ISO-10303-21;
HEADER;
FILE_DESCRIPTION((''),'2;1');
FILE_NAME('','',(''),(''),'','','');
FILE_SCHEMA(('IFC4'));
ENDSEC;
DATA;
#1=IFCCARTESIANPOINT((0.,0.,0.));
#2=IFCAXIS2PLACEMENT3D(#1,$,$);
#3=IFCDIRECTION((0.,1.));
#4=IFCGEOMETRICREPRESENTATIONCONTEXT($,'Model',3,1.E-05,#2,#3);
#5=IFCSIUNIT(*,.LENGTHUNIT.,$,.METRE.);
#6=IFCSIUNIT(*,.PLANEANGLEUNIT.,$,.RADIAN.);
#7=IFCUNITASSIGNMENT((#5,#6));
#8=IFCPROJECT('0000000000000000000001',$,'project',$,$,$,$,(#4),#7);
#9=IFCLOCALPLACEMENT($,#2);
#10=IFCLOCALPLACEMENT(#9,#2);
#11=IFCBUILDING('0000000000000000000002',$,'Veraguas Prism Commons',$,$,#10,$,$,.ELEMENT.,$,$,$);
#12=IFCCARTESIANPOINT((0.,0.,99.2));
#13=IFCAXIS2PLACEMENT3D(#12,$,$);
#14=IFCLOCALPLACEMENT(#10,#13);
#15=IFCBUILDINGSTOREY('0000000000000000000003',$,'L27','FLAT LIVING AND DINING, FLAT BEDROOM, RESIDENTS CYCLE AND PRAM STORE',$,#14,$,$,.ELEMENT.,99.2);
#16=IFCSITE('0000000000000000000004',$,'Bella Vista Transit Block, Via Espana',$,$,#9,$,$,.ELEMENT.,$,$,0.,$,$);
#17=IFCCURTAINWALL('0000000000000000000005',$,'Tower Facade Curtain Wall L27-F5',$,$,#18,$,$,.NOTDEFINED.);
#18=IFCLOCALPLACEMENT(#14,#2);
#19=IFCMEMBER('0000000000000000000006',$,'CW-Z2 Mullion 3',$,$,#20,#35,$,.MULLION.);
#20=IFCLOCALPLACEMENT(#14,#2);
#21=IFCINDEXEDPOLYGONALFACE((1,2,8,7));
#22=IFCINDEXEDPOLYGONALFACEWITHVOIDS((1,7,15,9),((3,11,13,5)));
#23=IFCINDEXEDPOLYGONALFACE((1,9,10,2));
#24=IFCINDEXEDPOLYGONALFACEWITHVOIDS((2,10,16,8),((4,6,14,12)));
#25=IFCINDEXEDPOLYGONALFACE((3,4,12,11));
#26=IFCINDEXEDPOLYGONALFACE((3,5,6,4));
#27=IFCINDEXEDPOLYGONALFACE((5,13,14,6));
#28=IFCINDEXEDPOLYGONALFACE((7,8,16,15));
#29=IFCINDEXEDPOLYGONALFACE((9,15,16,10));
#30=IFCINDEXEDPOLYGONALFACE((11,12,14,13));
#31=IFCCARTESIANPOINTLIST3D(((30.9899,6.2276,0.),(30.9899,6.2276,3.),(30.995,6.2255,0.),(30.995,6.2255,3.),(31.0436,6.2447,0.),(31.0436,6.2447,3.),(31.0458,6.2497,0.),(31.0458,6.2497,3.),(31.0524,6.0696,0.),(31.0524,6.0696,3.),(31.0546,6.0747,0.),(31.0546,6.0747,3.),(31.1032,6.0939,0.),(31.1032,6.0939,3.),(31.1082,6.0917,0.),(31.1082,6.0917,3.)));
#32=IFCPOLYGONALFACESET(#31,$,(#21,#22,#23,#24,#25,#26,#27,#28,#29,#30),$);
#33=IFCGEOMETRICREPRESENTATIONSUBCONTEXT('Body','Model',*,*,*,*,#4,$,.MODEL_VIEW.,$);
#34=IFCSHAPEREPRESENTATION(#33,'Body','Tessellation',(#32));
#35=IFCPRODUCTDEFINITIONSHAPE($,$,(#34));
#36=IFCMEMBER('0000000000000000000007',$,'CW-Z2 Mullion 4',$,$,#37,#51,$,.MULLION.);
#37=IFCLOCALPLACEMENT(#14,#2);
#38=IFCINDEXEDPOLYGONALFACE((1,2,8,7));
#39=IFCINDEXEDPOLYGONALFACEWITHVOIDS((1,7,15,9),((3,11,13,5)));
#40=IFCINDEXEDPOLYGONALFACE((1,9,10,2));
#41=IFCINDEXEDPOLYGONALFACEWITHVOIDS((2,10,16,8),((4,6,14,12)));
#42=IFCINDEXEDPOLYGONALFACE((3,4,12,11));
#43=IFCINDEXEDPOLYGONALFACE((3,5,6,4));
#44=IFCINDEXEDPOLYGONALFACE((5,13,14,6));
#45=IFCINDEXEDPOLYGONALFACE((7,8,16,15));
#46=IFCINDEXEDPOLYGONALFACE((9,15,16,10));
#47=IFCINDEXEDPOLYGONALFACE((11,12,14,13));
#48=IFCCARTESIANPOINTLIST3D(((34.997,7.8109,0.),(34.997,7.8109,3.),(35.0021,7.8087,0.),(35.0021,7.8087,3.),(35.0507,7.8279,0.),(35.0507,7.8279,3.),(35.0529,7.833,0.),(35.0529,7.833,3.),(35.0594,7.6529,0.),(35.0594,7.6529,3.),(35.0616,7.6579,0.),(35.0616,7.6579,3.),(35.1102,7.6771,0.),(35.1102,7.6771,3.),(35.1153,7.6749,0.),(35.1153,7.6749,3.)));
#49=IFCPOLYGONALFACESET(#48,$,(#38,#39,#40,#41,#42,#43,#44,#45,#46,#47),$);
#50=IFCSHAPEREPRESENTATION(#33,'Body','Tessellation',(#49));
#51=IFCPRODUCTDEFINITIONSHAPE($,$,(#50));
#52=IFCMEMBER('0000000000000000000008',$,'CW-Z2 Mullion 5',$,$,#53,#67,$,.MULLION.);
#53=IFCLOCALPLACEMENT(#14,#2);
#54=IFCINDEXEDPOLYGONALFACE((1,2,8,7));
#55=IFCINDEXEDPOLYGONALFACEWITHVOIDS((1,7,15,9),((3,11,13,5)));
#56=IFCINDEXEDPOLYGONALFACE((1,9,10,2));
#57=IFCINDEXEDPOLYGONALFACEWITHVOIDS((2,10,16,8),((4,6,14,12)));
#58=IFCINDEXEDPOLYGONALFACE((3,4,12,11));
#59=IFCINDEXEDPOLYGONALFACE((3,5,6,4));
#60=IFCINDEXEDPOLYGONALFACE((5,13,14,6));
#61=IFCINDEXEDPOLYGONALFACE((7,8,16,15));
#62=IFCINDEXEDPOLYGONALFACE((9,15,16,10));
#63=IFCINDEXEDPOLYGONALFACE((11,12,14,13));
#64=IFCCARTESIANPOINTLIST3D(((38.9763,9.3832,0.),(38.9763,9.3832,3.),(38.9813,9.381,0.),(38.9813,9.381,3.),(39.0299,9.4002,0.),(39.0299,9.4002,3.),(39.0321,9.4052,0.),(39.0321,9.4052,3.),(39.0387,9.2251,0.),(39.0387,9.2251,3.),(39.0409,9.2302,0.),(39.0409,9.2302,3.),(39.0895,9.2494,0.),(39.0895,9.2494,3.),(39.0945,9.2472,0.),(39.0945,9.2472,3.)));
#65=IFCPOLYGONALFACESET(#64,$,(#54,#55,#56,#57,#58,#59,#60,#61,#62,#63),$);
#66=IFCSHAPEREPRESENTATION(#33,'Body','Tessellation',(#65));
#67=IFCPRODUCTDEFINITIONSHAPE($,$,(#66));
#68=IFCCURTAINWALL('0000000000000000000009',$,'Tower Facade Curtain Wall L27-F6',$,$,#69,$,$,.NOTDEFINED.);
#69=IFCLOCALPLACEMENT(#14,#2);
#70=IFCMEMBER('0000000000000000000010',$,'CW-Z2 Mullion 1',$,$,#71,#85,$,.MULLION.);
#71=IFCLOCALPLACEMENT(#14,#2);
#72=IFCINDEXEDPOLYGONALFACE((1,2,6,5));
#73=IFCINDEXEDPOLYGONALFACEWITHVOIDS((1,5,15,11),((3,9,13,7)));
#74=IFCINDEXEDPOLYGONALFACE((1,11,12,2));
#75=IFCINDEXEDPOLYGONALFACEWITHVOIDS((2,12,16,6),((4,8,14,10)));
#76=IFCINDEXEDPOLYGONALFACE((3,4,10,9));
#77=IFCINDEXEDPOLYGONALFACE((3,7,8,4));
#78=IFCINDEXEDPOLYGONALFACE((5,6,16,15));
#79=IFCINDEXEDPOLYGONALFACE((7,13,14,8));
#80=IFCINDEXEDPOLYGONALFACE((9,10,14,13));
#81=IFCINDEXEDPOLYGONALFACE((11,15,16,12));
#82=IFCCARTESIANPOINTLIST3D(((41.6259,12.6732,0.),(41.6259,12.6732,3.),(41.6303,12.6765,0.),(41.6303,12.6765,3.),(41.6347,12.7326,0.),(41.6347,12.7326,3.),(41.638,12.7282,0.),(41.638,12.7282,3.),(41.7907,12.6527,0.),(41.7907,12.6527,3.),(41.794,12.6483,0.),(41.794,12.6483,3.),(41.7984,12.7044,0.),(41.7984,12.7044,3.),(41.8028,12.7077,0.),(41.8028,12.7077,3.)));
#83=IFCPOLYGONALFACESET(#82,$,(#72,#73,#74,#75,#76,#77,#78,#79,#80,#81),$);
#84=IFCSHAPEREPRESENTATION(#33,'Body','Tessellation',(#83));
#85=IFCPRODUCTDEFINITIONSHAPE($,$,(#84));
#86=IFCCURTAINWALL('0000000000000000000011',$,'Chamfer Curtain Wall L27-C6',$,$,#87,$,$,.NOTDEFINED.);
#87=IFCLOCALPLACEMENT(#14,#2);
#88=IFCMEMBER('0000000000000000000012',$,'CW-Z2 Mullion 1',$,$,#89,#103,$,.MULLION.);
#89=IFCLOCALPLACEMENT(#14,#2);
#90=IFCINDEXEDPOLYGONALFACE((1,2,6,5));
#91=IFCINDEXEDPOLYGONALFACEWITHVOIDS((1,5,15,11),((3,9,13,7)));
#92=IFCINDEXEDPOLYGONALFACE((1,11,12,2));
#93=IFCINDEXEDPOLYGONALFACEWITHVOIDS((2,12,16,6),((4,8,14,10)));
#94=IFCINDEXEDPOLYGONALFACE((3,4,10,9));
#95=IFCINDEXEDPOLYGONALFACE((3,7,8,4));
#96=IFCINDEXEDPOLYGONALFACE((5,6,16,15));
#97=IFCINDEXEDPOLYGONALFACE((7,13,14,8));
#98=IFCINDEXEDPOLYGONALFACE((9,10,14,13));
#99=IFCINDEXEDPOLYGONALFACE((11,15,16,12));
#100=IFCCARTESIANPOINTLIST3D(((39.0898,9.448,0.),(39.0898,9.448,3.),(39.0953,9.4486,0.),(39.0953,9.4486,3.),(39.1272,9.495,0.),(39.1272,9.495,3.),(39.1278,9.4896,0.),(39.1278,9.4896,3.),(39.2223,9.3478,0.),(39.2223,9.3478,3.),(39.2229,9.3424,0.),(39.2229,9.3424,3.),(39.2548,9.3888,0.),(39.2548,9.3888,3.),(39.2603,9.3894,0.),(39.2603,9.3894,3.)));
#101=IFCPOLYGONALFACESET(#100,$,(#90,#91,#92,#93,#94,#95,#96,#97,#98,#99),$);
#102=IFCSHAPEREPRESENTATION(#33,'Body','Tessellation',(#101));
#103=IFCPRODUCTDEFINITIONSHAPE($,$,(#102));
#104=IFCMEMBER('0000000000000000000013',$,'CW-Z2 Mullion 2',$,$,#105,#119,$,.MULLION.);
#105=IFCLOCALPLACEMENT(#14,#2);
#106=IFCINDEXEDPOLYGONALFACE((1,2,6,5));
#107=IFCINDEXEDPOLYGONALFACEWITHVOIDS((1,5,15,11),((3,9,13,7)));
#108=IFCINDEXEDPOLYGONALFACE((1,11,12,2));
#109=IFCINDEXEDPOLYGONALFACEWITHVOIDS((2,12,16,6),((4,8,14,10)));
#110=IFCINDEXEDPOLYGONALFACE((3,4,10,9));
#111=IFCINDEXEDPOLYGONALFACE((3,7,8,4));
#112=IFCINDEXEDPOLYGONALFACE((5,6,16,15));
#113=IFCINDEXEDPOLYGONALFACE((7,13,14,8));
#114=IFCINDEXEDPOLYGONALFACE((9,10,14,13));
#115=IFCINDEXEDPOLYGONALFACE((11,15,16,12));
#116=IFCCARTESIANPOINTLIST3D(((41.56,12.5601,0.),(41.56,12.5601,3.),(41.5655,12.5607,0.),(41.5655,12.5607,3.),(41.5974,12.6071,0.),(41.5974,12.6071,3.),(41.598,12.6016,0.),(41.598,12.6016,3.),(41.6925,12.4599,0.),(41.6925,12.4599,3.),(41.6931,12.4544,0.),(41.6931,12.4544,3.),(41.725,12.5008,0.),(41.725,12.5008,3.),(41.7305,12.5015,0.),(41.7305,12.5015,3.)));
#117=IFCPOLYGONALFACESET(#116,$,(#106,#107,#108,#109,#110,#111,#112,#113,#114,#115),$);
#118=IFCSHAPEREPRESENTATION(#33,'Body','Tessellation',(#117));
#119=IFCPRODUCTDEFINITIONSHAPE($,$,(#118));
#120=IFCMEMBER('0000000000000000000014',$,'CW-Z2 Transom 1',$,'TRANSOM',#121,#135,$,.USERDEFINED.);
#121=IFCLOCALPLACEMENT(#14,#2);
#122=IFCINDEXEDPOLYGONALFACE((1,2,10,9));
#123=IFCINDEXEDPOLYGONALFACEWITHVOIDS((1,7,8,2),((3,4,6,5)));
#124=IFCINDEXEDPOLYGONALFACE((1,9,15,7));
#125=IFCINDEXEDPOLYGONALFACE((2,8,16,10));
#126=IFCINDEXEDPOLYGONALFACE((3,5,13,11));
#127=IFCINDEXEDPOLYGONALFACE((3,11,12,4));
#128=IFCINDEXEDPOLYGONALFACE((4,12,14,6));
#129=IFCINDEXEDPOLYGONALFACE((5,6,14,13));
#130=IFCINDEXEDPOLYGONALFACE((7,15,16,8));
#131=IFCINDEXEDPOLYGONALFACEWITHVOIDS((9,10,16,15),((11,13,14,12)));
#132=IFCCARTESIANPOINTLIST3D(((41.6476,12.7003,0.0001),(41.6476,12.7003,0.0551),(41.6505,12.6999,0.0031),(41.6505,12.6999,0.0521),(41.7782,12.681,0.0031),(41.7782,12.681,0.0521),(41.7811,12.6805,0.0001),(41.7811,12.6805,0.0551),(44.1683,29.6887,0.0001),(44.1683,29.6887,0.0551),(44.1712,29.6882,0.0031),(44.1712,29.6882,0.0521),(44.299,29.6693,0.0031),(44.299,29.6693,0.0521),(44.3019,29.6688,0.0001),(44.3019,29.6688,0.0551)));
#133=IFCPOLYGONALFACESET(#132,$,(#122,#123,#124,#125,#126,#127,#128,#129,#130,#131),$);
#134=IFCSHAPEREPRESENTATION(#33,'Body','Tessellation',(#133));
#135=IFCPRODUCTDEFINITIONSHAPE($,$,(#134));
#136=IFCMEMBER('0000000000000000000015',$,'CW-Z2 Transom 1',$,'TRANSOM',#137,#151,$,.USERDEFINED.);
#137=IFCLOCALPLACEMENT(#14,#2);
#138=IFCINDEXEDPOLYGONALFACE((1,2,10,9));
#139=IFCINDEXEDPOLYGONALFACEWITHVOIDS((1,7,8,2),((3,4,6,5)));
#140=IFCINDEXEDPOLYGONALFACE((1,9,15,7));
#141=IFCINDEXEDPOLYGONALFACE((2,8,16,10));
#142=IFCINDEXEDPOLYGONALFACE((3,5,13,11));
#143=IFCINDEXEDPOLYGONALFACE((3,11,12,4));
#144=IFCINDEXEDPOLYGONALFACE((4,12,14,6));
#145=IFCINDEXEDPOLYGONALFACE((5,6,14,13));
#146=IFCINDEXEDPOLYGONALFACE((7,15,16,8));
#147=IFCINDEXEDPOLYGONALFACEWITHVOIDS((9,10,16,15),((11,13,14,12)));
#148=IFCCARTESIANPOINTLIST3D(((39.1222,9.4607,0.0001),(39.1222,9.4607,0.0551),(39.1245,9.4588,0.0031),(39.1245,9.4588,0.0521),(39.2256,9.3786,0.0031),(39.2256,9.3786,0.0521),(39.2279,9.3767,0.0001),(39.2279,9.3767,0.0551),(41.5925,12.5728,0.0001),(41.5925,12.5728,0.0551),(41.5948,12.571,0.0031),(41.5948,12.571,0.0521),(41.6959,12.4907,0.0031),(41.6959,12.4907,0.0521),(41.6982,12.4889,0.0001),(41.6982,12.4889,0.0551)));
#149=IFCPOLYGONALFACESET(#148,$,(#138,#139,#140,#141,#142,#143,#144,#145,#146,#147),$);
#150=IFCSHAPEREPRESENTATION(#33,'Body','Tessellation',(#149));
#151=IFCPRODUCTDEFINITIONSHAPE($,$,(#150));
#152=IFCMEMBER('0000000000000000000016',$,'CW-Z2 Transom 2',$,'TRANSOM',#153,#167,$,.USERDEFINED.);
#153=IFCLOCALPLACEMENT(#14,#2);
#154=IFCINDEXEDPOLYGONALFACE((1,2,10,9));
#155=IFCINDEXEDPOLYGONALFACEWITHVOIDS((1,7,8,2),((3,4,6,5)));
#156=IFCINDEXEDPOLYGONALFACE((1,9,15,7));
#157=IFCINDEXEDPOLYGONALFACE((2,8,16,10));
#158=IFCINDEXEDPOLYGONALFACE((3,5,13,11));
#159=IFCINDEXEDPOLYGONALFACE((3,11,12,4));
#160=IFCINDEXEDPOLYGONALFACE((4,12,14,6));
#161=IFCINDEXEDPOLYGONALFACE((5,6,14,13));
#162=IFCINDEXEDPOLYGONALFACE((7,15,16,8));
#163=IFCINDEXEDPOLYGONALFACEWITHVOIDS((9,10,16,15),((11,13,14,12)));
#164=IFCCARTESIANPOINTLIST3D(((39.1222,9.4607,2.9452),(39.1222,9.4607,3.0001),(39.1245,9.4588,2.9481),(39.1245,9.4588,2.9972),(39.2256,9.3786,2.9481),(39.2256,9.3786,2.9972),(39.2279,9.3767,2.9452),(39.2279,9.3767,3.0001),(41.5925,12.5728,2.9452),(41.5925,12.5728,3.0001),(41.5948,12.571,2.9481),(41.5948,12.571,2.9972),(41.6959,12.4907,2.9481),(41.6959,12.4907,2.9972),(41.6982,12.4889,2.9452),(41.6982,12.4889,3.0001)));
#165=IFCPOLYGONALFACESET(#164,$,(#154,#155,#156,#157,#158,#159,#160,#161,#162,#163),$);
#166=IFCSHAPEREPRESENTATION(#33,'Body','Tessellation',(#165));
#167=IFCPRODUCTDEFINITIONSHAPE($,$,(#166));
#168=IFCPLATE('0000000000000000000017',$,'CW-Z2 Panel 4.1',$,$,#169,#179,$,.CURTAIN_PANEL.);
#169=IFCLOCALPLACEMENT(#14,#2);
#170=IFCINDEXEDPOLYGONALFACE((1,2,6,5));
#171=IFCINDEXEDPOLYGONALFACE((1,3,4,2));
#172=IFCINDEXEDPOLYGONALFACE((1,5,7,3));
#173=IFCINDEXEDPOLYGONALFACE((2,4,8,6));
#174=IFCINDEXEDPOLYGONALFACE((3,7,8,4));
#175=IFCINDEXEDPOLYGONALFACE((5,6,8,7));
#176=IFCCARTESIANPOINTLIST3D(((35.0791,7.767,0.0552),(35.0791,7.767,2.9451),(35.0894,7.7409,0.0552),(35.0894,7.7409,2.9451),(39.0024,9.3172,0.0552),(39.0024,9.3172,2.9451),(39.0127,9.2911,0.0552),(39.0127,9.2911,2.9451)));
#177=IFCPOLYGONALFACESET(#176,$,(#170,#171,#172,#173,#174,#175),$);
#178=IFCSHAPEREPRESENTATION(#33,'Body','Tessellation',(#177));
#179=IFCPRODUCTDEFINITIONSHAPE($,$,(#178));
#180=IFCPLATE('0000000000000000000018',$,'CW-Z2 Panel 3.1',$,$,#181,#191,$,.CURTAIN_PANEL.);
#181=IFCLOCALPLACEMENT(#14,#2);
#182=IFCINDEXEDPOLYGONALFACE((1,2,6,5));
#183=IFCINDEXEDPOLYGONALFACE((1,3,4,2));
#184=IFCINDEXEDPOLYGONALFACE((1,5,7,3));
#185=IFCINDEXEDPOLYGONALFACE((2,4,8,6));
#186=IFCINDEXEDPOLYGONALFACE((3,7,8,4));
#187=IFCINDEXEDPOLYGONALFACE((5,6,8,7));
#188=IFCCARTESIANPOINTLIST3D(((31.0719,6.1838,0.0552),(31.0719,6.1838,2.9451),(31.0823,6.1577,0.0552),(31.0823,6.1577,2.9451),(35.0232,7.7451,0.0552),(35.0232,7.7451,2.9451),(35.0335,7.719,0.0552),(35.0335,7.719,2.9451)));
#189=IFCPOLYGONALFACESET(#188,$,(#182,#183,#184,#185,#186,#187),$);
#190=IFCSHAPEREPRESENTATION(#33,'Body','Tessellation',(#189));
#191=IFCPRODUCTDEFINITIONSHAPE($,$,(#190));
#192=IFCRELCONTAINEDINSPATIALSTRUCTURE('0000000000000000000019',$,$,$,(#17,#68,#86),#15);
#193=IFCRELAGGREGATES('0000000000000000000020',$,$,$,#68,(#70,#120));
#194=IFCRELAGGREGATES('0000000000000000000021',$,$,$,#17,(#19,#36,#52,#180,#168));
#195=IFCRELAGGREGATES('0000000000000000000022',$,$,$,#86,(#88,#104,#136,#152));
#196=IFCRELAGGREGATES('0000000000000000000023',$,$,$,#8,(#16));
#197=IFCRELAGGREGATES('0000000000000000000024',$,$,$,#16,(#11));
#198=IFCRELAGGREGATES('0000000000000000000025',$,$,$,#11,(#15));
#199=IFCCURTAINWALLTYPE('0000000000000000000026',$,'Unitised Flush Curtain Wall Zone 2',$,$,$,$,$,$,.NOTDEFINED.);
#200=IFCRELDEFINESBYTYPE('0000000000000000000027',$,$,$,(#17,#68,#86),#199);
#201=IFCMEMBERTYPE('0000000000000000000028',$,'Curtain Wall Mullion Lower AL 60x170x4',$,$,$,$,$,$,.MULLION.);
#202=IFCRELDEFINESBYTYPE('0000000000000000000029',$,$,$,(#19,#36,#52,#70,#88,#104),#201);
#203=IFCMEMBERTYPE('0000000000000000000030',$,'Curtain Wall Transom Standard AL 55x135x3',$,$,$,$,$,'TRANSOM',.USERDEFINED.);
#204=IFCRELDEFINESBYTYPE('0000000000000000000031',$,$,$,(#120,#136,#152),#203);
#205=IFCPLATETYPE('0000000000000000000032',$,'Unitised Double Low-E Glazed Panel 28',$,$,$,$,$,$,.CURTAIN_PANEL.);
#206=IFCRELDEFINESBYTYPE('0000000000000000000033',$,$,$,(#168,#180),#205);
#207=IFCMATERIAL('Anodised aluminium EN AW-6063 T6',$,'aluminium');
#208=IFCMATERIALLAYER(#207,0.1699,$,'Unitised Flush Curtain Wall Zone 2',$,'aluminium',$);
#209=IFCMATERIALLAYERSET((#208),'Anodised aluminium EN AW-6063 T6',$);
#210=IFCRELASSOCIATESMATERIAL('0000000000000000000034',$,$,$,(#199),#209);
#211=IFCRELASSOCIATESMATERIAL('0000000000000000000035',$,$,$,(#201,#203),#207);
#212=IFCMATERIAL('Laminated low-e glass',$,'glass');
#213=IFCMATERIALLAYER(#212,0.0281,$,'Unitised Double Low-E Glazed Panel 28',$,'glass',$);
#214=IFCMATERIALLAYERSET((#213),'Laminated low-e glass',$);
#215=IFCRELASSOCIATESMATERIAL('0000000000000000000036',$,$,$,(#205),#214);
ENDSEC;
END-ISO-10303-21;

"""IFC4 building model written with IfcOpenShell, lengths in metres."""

from ifc_helpers import new_model, si_unit, direction, frame, origin, origin_2d, place, context, subcontext, project, spatial, rectangle, hollow_rectangle, extrude, source, transform, mapped, material, layer, layer_set, material_profile, profile_set, type_object, element, aggregate, save


model = new_model("IFC4")

# Units and contexts
model_context = context("Model", 3, precision=1e-05, world=origin(), true_north=direction((0.0, 1.0)))
body_context = subcontext(model_context, "Body", "Model", "MODEL_VIEW")
ifc_project = project(units=[si_unit("LENGTHUNIT", "METRE"), si_unit("PLANEANGLEUNIT", "RADIAN")], contexts=[model_context])

# Site, building, storey
site_placement = place(None, origin())
site = spatial("IfcSite", under=ifc_project, at=site_placement, Name="Bella Vista Transit Block, Via Espana", CompositionType="ELEMENT", RefElevation=0.0)
building_placement = place(site_placement, origin())
building = spatial("IfcBuilding", under=site, at=building_placement, Name="Veraguas Prism Commons", CompositionType="ELEMENT")
storey_placement = place(building_placement, frame((0.0, 0.0, 99.2)))
storey = spatial("IfcBuildingStorey", under=building, at=storey_placement, Name="L27", Description="FLAT LIVING AND DINING, FLAT BEDROOM, RESIDENTS CYCLE AND PRAM STORE", CompositionType="ELEMENT", Elevation=99.2)

# Curtain wall, members
ifc_material_1 = material(Name="Anodised aluminium EN AW-6063 T6", Category="aluminium")
ifc_layer_1 = layer(ifc_material_1, 0.1699, Name="Unitised Flush Curtain Wall Zone 2", Category="aluminium")
ifc_layer_set_1 = layer_set([ifc_layer_1], Name="Anodised aluminium EN AW-6063 T6")
curtain_wall_type = type_object("IfcCurtainWallType", Name="Unitised Flush Curtain Wall Zone 2", PredefinedType="NOTDEFINED", material=ifc_layer_set_1)
curtain_wall_1_placement = place(storey_placement, origin())
curtain_wall_1 = element("IfcCurtainWall", 1, at=curtain_wall_1_placement, inside=storey, type_object=curtain_wall_type, Name="Tower Facade Curtain Wall L27-F5", PredefinedType="NOTDEFINED")
ifc_material_profile_1 = material_profile(ifc_material_1, hollow_rectangle(XDim=0.0601, YDim=0.1699, WallThickness=0.0039, at=origin_2d()), Name="AL60X170X4")
ifc_profile_set_1 = profile_set([ifc_material_profile_1], Name="Anodised aluminium EN AW-6063 T6")
member_type_1 = type_object("IfcMemberType", Name="Curtain Wall Mullion Lower AL 60x170x4", PredefinedType="MULLION", material=ifc_profile_set_1)
shared_shape_1 = source(origin(), body_context, "Body", "SweptSolid", [
    extrude(hollow_rectangle(XDim=0.0601, YDim=0.1699, WallThickness=0.0039, at=origin_2d()), origin(), (0.0, 0.0, 1.0), 3.0),
])
member_1_placement = place(storey_placement, frame((31.0491, 6.1597, 0.0), z_axis=(0.0, 0.0, 1.0), x_axis=(0.930032, 0.367479, 0.0)))
member_1 = element("IfcMember", 2, at=member_1_placement, type_object=member_type_1, Name="CW-Z2 Mullion 3", PredefinedType="MULLION", context=body_context, shape_type="MappedRepresentation", body=[
    mapped(shared_shape_1, transform((0.0, 0.0, 0.0), scale=1.0)),
])
member_2_placement = place(storey_placement, frame((35.0562, 7.7429, 0.0), z_axis=(0.0, 0.0, 1.0), x_axis=(0.930032, 0.367479, 0.0)))
member_2 = element("IfcMember", 3, at=member_2_placement, type_object=member_type_1, Name="CW-Z2 Mullion 4", PredefinedType="MULLION", context=body_context, shape_type="MappedRepresentation", body=[
    mapped(shared_shape_1, transform((0.0, 0.0, 0.0), scale=1.0)),
])
member_3_placement = place(storey_placement, frame((39.0354, 9.3152, 0.0), z_axis=(0.0, 0.0, 1.0), x_axis=(0.930032, 0.367479, 0.0)))
member_3 = element("IfcMember", 4, at=member_3_placement, type_object=member_type_1, Name="CW-Z2 Mullion 5", PredefinedType="MULLION", context=body_context, shape_type="MappedRepresentation", body=[
    mapped(shared_shape_1, transform((0.0, 0.0, 0.0), scale=1.0)),
])

# Curtain wall, member
curtain_wall_2_placement = place(storey_placement, origin())
curtain_wall_2 = element("IfcCurtainWall", 5, at=curtain_wall_2_placement, inside=storey, type_object=curtain_wall_type, Name="Tower Facade Curtain Wall L27-F6", PredefinedType="NOTDEFINED")
member_4_placement = place(storey_placement, frame((41.7144, 12.6904, 0.0), z_axis=(0.0, 0.0, 1.0), x_axis=(0.146777, 0.98917, 0.0)))
member_4 = element("IfcMember", 6, at=member_4_placement, type_object=member_type_1, Name="CW-Z2 Mullion 1", PredefinedType="MULLION", context=body_context, shape_type="MappedRepresentation", body=[
    mapped(shared_shape_1, transform((0.0, 0.0, 0.0), scale=1.0)),
])

# Curtain wall, members
curtain_wall_3_placement = place(storey_placement, origin())
curtain_wall_3 = element("IfcCurtainWall", 7, at=curtain_wall_3_placement, inside=storey, type_object=curtain_wall_type, Name="Chamfer Curtain Wall L27-C6", PredefinedType="NOTDEFINED")
member_5_placement = place(storey_placement, frame((39.175, 9.4187, 0.0), z_axis=(0.0, 0.0, 1.0), x_axis=(0.621682, 0.783269, 0.0)))
member_5 = element("IfcMember", 8, at=member_5_placement, type_object=member_type_1, Name="CW-Z2 Mullion 1", PredefinedType="MULLION", context=body_context, shape_type="MappedRepresentation", body=[
    mapped(shared_shape_1, transform((0.0, 0.0, 0.0), scale=1.0)),
])
member_6_placement = place(storey_placement, frame((41.6453, 12.5308, 0.0), z_axis=(0.0, 0.0, 1.0), x_axis=(0.621682, 0.783269, 0.0)))
member_6 = element("IfcMember", 9, at=member_6_placement, type_object=member_type_1, Name="CW-Z2 Mullion 2", PredefinedType="MULLION", context=body_context, shape_type="MappedRepresentation", body=[
    mapped(shared_shape_1, transform((0.0, 0.0, 0.0), scale=1.0)),
])

# Members
ifc_material_profile_2 = material_profile(ifc_material_1, hollow_rectangle(XDim=0.0549, YDim=0.135, WallThickness=0.0029, at=origin_2d()), Name="AL55X135X3")
ifc_profile_set_2 = profile_set([ifc_material_profile_2], Name="Anodised aluminium EN AW-6063 T6")
member_type_2 = type_object("IfcMemberType", Name="Curtain Wall Transom Standard AL 55x135x3", ElementType="TRANSOM", PredefinedType="USERDEFINED", material=ifc_profile_set_2)
shared_shape_2 = source(origin(), body_context, "Body", "SweptSolid", [
    extrude(hollow_rectangle(XDim=0.0549, YDim=0.135, WallThickness=0.0029, at=origin_2d()), origin(), (0.0, 0.0, 1.0), 17.1743),
])
member_7_placement = place(storey_placement, frame((41.7144, 12.6904, 0.0276), z_axis=(0.146775, 0.98917, 0.0), x_axis=(0.0, 0.0, 1.0)))
member_7 = element("IfcMember", 10, at=member_7_placement, type_object=member_type_2, Name="CW-Z2 Transom 1", ObjectType="TRANSOM", PredefinedType="USERDEFINED", context=body_context, shape_type="MappedRepresentation", body=[
    mapped(shared_shape_2, transform((0.0, 0.0, 0.0), scale=1.0)),
])
aggregate(curtain_wall_2, [member_4, member_7])
shared_shape_3 = source(origin(), body_context, "Body", "SweptSolid", [
    extrude(hollow_rectangle(XDim=0.0549, YDim=0.135, WallThickness=0.0029, at=origin_2d()), origin(), (0.0, 0.0, 1.0), 3.9734),
])
member_8_placement = place(storey_placement, frame((39.175, 9.4187, 0.0276), z_axis=(0.621708, 0.783249, 0.0), x_axis=(0.0, 0.0, 1.0)))
member_8 = element("IfcMember", 11, at=member_8_placement, type_object=member_type_2, Name="CW-Z2 Transom 1", ObjectType="TRANSOM", PredefinedType="USERDEFINED", context=body_context, shape_type="MappedRepresentation", body=[
    mapped(shared_shape_3, transform((0.0, 0.0, 0.0), scale=1.0)),
])
member_9_placement = place(storey_placement, frame((39.175, 9.4187, 2.9727), z_axis=(0.621708, 0.783249, 0.0), x_axis=(0.0, 0.0, 1.0)))
member_9 = element("IfcMember", 12, at=member_9_placement, type_object=member_type_2, Name="CW-Z2 Transom 2", ObjectType="TRANSOM", PredefinedType="USERDEFINED", context=body_context, shape_type="MappedRepresentation", body=[
    mapped(shared_shape_3, transform((0.0, 0.0, 0.0), scale=1.0)),
])

# Plates
ifc_material_2 = material(Name="Laminated low-e glass", Category="glass")
ifc_layer_2 = layer(ifc_material_2, 0.0281, Name="Unitised Double Low-E Glazed Panel 28", Category="glass")
ifc_layer_set_2 = layer_set([ifc_layer_2], Name="Laminated low-e glass")
plate_type = type_object("IfcPlateType", Name="Unitised Double Low-E Glazed Panel 28", PredefinedType="CURTAIN_PANEL", material=ifc_layer_set_2)
shared_shape_4 = source(origin(), body_context, "Body", "SweptSolid", [
    extrude(rectangle(XDim=4.2185, YDim=0.0281, at=origin_2d()), origin(), (0.0, 0.0, 1.0), 2.8899),
])
plate_1_placement = place(storey_placement, frame((37.0459, 8.5291, 0.0552), z_axis=(0.0, 0.0, 1.0), x_axis=(0.930032, 0.367479, 0.0)))
plate_1 = element("IfcPlate", 13, at=plate_1_placement, type_object=plate_type, Name="CW-Z2 Panel 4.1", PredefinedType="CURTAIN_PANEL", context=body_context, shape_type="MappedRepresentation", body=[
    mapped(shared_shape_4, transform((0.0, 0.0, 0.0), scale=1.0)),
])
shared_shape_5 = source(origin(), body_context, "Body", "SweptSolid", [
    extrude(rectangle(XDim=4.2485, YDim=0.0281, at=origin_2d()), origin(), (0.0, 0.0, 1.0), 2.8899),
])
plate_2_placement = place(storey_placement, frame((33.0527, 6.9514, 0.0552), z_axis=(0.0, 0.0, 1.0), x_axis=(0.930032, 0.367479, 0.0)))
plate_2 = element("IfcPlate", 14, at=plate_2_placement, type_object=plate_type, Name="CW-Z2 Panel 3.1", PredefinedType="CURTAIN_PANEL", context=body_context, shape_type="MappedRepresentation", body=[
    mapped(shared_shape_5, transform((0.0, 0.0, 0.0), scale=1.0)),
])
aggregate(curtain_wall_1, [member_1, member_2, member_3, plate_2, plate_1])
aggregate(curtain_wall_3, [member_5, member_6, member_8, member_9])

save(model, "model.ifc")
